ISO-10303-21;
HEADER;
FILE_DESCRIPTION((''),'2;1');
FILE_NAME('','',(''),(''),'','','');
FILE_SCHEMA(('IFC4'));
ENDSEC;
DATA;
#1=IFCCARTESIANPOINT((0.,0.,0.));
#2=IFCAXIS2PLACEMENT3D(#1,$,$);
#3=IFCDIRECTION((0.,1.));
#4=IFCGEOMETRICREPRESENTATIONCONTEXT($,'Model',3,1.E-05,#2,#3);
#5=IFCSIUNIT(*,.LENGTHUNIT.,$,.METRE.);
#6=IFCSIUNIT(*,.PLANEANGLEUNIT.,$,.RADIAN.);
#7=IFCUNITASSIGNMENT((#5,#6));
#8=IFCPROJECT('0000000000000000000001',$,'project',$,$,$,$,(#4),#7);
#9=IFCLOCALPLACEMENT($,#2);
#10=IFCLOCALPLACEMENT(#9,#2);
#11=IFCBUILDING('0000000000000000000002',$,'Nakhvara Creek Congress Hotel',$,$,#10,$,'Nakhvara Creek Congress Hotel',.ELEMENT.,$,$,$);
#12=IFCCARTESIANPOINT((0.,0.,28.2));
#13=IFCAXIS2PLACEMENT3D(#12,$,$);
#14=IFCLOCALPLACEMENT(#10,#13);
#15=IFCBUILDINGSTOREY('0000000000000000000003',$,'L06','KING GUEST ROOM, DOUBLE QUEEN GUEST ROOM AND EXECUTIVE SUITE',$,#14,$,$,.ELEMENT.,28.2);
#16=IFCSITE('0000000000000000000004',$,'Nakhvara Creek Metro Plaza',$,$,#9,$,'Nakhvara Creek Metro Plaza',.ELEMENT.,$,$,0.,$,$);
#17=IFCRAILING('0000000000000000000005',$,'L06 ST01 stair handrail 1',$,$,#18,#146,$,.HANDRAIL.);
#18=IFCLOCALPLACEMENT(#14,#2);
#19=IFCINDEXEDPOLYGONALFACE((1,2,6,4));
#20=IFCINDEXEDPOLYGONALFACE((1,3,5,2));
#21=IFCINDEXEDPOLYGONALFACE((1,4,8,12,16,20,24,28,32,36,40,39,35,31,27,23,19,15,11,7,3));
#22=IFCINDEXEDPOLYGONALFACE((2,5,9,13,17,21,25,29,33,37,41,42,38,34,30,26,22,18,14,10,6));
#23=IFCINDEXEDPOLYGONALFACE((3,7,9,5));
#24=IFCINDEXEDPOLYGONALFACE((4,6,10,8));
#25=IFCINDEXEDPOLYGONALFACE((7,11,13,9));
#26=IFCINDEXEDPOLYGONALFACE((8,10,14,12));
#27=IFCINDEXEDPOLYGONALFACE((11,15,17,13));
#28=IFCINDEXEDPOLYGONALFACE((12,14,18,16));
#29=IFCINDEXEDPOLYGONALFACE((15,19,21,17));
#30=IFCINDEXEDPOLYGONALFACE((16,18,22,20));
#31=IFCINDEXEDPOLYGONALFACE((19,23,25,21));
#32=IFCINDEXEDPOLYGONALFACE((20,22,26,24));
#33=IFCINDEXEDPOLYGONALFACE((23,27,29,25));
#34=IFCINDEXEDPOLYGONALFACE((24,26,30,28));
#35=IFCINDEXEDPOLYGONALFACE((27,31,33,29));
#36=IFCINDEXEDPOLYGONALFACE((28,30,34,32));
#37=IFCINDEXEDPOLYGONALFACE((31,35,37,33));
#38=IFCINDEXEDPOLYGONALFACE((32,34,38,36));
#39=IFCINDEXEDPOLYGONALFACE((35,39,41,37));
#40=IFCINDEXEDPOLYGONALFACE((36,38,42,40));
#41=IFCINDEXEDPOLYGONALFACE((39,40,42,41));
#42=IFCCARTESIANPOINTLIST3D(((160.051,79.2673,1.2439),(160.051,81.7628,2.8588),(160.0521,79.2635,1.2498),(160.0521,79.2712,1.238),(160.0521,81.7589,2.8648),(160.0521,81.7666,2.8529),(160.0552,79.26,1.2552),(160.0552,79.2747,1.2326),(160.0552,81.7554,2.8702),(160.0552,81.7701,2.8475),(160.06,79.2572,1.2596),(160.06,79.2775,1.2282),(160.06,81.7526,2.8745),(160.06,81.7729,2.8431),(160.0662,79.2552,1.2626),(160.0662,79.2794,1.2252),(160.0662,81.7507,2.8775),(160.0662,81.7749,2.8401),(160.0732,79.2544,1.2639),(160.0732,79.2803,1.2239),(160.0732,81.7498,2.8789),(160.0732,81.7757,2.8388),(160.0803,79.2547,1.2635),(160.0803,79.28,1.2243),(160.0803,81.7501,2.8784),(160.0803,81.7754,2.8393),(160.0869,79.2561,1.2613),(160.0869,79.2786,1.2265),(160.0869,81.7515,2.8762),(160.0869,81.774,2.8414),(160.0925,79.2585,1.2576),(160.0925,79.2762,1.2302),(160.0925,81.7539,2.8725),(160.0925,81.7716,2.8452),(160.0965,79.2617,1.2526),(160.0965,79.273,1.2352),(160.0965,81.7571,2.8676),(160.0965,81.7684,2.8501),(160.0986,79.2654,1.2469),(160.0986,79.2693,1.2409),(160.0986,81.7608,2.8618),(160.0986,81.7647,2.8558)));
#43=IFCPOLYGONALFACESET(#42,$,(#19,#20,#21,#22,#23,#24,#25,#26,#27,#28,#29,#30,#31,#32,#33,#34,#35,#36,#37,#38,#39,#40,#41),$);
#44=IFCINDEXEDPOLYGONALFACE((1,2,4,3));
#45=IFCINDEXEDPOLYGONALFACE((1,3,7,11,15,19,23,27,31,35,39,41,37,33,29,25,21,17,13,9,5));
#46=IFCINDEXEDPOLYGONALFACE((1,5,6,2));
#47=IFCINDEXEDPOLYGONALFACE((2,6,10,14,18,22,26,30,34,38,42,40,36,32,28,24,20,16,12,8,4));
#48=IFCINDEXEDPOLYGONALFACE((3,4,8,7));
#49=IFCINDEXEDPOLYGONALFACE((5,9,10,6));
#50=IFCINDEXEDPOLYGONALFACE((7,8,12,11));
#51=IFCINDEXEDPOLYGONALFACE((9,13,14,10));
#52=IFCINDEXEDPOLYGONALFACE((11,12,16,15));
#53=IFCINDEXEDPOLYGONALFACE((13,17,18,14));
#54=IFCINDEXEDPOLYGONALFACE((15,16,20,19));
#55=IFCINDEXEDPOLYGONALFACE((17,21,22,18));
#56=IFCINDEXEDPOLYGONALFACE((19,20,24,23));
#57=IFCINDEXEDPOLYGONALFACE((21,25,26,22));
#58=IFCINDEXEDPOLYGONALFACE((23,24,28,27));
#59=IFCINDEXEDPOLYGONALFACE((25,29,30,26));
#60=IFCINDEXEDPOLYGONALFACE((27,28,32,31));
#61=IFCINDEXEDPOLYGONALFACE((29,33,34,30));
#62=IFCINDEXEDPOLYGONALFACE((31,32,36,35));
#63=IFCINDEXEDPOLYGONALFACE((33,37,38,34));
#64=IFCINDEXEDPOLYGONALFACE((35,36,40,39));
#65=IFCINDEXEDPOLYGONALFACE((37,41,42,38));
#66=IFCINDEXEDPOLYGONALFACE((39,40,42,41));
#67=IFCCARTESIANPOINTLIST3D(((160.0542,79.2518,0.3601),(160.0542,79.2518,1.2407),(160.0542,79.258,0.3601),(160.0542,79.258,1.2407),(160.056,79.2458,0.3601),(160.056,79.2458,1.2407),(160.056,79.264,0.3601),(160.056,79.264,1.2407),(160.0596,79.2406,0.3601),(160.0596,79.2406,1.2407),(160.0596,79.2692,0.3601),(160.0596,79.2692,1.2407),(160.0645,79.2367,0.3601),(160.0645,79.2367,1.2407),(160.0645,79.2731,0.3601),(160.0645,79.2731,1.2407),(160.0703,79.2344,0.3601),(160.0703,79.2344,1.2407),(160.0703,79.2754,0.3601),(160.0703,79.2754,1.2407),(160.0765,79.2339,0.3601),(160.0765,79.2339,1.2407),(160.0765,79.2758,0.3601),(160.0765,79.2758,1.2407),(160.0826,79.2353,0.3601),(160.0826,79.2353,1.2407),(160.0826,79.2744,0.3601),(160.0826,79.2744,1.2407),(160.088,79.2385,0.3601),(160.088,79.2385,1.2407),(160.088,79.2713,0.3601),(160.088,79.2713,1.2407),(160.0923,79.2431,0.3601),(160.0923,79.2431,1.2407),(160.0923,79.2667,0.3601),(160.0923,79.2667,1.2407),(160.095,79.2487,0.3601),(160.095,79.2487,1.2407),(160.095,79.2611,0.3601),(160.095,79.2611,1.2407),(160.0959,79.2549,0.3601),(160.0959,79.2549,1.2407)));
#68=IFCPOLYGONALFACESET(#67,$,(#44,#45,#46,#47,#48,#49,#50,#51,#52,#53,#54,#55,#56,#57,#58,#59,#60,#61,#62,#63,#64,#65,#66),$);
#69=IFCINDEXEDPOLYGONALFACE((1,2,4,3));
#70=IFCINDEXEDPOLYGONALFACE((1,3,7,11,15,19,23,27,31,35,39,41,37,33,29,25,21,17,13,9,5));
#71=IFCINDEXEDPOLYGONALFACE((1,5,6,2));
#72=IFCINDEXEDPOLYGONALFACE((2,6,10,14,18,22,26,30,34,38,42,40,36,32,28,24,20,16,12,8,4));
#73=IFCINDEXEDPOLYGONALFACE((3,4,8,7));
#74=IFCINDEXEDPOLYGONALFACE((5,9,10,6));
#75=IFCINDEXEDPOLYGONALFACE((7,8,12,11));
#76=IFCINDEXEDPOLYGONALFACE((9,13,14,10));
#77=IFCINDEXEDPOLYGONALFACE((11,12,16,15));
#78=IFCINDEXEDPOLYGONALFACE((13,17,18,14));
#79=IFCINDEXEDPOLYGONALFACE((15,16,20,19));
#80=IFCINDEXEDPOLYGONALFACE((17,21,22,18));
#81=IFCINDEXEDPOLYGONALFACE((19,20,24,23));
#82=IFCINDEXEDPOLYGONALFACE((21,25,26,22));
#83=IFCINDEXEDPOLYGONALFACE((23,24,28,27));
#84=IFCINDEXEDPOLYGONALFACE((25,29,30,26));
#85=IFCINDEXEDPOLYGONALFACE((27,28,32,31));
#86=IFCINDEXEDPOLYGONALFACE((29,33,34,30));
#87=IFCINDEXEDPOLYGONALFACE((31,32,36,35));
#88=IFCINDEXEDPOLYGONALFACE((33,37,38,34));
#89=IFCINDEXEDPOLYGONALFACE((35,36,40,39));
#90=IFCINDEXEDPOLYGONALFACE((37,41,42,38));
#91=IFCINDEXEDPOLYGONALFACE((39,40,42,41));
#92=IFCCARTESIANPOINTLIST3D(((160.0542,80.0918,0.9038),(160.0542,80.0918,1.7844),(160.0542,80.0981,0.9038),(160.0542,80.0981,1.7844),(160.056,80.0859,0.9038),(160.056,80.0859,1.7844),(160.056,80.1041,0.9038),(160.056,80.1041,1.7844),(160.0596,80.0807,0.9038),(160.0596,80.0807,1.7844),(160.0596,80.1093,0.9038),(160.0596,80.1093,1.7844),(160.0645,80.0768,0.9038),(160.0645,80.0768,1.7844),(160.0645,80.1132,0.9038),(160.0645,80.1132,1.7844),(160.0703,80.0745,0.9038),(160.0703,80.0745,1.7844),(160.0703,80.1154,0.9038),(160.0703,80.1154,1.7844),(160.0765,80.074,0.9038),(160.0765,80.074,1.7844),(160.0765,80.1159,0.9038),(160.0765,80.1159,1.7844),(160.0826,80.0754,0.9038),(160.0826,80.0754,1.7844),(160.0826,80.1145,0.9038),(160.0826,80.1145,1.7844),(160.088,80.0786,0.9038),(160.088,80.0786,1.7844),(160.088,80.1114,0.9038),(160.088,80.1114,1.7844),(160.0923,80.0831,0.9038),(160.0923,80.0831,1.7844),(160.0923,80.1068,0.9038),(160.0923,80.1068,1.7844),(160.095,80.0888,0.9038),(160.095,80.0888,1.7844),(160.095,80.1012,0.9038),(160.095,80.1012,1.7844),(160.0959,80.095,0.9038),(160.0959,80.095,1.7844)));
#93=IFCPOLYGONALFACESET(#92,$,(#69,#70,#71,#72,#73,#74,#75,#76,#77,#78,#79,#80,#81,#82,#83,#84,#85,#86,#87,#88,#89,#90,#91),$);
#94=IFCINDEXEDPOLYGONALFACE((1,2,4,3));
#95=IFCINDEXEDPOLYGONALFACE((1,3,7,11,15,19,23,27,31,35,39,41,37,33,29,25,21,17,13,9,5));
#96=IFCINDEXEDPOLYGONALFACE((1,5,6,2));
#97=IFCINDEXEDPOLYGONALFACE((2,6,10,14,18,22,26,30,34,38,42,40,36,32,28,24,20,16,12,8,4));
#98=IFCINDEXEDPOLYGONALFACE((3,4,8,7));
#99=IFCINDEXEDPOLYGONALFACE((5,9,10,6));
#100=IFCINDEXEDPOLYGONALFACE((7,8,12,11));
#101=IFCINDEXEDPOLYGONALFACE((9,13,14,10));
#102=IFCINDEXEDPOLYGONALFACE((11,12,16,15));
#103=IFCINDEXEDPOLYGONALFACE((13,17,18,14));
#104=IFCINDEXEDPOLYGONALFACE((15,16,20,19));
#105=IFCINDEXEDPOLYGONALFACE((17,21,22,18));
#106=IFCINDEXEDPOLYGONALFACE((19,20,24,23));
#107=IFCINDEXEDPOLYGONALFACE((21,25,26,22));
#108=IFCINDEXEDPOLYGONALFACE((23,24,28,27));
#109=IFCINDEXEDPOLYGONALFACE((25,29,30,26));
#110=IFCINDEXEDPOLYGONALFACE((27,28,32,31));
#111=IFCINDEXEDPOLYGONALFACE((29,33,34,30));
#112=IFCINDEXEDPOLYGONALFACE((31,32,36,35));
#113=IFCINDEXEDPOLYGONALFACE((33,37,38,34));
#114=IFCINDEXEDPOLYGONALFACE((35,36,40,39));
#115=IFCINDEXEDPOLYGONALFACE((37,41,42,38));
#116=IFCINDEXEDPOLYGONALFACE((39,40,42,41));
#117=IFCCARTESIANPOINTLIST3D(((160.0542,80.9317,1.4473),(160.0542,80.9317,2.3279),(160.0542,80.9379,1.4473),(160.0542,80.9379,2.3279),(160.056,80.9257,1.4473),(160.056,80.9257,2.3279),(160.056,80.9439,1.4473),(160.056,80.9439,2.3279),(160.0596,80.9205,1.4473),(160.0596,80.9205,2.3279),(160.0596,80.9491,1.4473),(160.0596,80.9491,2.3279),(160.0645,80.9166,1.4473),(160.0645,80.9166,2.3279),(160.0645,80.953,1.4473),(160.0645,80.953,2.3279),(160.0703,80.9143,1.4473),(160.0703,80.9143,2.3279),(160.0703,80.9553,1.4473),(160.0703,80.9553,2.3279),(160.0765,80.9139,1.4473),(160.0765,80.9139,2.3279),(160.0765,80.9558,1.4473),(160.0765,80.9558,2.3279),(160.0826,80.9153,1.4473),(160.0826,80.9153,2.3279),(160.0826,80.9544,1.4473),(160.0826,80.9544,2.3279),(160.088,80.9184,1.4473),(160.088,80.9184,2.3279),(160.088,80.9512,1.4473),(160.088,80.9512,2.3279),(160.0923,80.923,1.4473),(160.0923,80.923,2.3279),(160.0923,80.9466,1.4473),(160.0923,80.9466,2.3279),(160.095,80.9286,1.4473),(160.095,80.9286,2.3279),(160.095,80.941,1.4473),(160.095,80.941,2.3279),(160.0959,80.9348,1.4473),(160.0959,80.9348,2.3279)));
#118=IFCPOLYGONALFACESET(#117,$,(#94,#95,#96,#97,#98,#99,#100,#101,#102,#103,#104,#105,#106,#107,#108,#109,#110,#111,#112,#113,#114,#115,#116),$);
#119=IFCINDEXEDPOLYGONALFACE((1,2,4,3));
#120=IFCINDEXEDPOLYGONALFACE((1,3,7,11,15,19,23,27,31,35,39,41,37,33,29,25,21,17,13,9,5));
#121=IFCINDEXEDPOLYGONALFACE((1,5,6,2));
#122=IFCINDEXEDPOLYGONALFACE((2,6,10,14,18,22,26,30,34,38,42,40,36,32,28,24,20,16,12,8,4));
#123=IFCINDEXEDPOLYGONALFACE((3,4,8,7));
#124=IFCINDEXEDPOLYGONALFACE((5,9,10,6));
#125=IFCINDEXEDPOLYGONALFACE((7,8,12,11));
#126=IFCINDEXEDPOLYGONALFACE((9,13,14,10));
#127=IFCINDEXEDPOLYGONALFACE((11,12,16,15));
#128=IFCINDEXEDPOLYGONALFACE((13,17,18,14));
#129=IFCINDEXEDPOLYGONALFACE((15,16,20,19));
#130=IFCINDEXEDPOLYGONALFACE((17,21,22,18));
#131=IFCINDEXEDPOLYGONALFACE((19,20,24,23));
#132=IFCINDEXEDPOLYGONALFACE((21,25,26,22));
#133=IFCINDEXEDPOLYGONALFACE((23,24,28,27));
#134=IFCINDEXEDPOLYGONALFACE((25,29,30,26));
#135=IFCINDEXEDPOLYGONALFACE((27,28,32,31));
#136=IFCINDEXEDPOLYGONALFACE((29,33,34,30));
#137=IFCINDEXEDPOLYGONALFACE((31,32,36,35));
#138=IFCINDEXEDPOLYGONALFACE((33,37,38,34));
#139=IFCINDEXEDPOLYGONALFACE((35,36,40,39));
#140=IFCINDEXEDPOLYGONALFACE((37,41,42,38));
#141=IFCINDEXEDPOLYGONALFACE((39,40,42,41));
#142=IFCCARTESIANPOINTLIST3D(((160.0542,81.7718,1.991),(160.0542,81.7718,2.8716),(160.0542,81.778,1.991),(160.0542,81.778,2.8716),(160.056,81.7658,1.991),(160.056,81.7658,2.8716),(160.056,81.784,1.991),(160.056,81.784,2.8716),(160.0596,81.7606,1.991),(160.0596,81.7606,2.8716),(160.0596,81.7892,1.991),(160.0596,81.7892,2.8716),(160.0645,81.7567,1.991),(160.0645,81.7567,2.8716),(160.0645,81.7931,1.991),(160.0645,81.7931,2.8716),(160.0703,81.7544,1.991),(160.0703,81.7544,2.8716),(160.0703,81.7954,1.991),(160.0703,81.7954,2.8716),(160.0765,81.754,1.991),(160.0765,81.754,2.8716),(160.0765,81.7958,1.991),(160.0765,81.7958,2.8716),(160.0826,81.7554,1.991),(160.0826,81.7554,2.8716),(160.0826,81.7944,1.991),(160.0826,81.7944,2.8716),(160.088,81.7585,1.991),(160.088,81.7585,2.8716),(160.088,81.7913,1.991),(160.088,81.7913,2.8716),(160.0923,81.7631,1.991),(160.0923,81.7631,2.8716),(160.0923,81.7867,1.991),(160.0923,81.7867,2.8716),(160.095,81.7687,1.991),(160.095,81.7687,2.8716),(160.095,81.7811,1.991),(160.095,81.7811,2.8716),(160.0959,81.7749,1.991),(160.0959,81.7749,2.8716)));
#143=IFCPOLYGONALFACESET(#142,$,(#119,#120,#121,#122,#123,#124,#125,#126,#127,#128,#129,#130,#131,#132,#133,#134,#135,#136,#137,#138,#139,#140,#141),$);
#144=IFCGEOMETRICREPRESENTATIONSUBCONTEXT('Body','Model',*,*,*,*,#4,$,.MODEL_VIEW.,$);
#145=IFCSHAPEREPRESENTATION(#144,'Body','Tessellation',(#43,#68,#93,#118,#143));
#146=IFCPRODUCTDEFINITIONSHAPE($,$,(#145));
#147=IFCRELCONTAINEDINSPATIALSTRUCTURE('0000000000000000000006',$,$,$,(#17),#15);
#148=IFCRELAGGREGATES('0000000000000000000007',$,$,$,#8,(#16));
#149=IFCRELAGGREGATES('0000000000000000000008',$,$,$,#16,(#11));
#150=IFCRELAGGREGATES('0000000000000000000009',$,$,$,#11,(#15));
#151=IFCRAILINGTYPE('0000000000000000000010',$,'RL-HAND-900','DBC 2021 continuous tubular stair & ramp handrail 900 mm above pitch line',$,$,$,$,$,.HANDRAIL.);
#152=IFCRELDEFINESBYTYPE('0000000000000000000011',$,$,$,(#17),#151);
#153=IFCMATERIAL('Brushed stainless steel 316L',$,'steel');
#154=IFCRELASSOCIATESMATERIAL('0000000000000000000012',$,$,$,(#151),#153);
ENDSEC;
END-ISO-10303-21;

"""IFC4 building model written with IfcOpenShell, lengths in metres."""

from ifc_helpers import new_model, si_unit, direction, frame, origin, origin_2d, place, context, subcontext, project, spatial, circle, extrude, material, type_object, element, save


model = new_model("IFC4")

# Units and contexts
model_context = context("Model", 3, precision=1e-05, world=origin(), true_north=direction((0.0, 1.0)))
body_context = subcontext(model_context, "Body", "Model", "MODEL_VIEW")
ifc_project = project(units=[si_unit("LENGTHUNIT", "METRE"), si_unit("PLANEANGLEUNIT", "RADIAN")], contexts=[model_context])

# Site, building, storey
site_placement = place(None, origin())
site = spatial("IfcSite", under=ifc_project, at=site_placement, Name="Nakhvara Creek Metro Plaza", LongName="Nakhvara Creek Metro Plaza", CompositionType="ELEMENT", RefElevation=0.0)
building_placement = place(site_placement, origin())
building = spatial("IfcBuilding", under=site, at=building_placement, Name="Nakhvara Creek Congress Hotel", LongName="Nakhvara Creek Congress Hotel", CompositionType="ELEMENT")
storey_placement = place(building_placement, frame((0.0, 0.0, 28.2)))
storey = spatial("IfcBuildingStorey", under=building, at=storey_placement, Name="L06", Description="KING GUEST ROOM, DOUBLE QUEEN GUEST ROOM AND EXECUTIVE SUITE", CompositionType="ELEMENT", Elevation=28.2)

# Railing
ifc_material_1 = material(Name="Brushed stainless steel 316L", Category="steel")
railing_type_1 = type_object("IfcRailingType", Name="RL-HAND-900", Description="DBC 2021 continuous tubular stair & ramp handrail 900 mm above pitch line", PredefinedType="HANDRAIL", material=ifc_material_1)
railing_1_placement = place(storey_placement, frame((160.075, 79.2549, 0.3601)))
element("IfcRailing", 1, at=railing_1_placement, inside=storey, type_object=railing_type_1, Name="L06 ST01 stair handrail 1", PredefinedType="HANDRAIL", context=body_context, shape_type="SweptSolid", body=[
    extrude(circle(Radius=0.0239, at=origin_2d()), frame((0.0, 0.0125, 0.8838), z_axis=(0.0, 0.839531, 0.543312), x_axis=(-1.0, 0.0, 0.0)), (0.0, 0.0, 1.0), 2.9724),
    extrude(circle(Radius=0.021, at=origin_2d()), origin(), (0.0, 0.0, 1.0), 0.8806),
    extrude(circle(Radius=0.021, at=origin_2d()), frame((0.0, 0.8401, 0.5437)), (0.0, 0.0, 1.0), 0.8806),
    extrude(circle(Radius=0.021, at=origin_2d()), frame((0.0, 1.6799, 1.0872)), (0.0, 0.0, 1.0), 0.8806),
    extrude(circle(Radius=0.021, at=origin_2d()), frame((0.0, 2.52, 1.6309)), (0.0, 0.0, 1.0), 0.8806),
])

save(model, "model.ifc")
